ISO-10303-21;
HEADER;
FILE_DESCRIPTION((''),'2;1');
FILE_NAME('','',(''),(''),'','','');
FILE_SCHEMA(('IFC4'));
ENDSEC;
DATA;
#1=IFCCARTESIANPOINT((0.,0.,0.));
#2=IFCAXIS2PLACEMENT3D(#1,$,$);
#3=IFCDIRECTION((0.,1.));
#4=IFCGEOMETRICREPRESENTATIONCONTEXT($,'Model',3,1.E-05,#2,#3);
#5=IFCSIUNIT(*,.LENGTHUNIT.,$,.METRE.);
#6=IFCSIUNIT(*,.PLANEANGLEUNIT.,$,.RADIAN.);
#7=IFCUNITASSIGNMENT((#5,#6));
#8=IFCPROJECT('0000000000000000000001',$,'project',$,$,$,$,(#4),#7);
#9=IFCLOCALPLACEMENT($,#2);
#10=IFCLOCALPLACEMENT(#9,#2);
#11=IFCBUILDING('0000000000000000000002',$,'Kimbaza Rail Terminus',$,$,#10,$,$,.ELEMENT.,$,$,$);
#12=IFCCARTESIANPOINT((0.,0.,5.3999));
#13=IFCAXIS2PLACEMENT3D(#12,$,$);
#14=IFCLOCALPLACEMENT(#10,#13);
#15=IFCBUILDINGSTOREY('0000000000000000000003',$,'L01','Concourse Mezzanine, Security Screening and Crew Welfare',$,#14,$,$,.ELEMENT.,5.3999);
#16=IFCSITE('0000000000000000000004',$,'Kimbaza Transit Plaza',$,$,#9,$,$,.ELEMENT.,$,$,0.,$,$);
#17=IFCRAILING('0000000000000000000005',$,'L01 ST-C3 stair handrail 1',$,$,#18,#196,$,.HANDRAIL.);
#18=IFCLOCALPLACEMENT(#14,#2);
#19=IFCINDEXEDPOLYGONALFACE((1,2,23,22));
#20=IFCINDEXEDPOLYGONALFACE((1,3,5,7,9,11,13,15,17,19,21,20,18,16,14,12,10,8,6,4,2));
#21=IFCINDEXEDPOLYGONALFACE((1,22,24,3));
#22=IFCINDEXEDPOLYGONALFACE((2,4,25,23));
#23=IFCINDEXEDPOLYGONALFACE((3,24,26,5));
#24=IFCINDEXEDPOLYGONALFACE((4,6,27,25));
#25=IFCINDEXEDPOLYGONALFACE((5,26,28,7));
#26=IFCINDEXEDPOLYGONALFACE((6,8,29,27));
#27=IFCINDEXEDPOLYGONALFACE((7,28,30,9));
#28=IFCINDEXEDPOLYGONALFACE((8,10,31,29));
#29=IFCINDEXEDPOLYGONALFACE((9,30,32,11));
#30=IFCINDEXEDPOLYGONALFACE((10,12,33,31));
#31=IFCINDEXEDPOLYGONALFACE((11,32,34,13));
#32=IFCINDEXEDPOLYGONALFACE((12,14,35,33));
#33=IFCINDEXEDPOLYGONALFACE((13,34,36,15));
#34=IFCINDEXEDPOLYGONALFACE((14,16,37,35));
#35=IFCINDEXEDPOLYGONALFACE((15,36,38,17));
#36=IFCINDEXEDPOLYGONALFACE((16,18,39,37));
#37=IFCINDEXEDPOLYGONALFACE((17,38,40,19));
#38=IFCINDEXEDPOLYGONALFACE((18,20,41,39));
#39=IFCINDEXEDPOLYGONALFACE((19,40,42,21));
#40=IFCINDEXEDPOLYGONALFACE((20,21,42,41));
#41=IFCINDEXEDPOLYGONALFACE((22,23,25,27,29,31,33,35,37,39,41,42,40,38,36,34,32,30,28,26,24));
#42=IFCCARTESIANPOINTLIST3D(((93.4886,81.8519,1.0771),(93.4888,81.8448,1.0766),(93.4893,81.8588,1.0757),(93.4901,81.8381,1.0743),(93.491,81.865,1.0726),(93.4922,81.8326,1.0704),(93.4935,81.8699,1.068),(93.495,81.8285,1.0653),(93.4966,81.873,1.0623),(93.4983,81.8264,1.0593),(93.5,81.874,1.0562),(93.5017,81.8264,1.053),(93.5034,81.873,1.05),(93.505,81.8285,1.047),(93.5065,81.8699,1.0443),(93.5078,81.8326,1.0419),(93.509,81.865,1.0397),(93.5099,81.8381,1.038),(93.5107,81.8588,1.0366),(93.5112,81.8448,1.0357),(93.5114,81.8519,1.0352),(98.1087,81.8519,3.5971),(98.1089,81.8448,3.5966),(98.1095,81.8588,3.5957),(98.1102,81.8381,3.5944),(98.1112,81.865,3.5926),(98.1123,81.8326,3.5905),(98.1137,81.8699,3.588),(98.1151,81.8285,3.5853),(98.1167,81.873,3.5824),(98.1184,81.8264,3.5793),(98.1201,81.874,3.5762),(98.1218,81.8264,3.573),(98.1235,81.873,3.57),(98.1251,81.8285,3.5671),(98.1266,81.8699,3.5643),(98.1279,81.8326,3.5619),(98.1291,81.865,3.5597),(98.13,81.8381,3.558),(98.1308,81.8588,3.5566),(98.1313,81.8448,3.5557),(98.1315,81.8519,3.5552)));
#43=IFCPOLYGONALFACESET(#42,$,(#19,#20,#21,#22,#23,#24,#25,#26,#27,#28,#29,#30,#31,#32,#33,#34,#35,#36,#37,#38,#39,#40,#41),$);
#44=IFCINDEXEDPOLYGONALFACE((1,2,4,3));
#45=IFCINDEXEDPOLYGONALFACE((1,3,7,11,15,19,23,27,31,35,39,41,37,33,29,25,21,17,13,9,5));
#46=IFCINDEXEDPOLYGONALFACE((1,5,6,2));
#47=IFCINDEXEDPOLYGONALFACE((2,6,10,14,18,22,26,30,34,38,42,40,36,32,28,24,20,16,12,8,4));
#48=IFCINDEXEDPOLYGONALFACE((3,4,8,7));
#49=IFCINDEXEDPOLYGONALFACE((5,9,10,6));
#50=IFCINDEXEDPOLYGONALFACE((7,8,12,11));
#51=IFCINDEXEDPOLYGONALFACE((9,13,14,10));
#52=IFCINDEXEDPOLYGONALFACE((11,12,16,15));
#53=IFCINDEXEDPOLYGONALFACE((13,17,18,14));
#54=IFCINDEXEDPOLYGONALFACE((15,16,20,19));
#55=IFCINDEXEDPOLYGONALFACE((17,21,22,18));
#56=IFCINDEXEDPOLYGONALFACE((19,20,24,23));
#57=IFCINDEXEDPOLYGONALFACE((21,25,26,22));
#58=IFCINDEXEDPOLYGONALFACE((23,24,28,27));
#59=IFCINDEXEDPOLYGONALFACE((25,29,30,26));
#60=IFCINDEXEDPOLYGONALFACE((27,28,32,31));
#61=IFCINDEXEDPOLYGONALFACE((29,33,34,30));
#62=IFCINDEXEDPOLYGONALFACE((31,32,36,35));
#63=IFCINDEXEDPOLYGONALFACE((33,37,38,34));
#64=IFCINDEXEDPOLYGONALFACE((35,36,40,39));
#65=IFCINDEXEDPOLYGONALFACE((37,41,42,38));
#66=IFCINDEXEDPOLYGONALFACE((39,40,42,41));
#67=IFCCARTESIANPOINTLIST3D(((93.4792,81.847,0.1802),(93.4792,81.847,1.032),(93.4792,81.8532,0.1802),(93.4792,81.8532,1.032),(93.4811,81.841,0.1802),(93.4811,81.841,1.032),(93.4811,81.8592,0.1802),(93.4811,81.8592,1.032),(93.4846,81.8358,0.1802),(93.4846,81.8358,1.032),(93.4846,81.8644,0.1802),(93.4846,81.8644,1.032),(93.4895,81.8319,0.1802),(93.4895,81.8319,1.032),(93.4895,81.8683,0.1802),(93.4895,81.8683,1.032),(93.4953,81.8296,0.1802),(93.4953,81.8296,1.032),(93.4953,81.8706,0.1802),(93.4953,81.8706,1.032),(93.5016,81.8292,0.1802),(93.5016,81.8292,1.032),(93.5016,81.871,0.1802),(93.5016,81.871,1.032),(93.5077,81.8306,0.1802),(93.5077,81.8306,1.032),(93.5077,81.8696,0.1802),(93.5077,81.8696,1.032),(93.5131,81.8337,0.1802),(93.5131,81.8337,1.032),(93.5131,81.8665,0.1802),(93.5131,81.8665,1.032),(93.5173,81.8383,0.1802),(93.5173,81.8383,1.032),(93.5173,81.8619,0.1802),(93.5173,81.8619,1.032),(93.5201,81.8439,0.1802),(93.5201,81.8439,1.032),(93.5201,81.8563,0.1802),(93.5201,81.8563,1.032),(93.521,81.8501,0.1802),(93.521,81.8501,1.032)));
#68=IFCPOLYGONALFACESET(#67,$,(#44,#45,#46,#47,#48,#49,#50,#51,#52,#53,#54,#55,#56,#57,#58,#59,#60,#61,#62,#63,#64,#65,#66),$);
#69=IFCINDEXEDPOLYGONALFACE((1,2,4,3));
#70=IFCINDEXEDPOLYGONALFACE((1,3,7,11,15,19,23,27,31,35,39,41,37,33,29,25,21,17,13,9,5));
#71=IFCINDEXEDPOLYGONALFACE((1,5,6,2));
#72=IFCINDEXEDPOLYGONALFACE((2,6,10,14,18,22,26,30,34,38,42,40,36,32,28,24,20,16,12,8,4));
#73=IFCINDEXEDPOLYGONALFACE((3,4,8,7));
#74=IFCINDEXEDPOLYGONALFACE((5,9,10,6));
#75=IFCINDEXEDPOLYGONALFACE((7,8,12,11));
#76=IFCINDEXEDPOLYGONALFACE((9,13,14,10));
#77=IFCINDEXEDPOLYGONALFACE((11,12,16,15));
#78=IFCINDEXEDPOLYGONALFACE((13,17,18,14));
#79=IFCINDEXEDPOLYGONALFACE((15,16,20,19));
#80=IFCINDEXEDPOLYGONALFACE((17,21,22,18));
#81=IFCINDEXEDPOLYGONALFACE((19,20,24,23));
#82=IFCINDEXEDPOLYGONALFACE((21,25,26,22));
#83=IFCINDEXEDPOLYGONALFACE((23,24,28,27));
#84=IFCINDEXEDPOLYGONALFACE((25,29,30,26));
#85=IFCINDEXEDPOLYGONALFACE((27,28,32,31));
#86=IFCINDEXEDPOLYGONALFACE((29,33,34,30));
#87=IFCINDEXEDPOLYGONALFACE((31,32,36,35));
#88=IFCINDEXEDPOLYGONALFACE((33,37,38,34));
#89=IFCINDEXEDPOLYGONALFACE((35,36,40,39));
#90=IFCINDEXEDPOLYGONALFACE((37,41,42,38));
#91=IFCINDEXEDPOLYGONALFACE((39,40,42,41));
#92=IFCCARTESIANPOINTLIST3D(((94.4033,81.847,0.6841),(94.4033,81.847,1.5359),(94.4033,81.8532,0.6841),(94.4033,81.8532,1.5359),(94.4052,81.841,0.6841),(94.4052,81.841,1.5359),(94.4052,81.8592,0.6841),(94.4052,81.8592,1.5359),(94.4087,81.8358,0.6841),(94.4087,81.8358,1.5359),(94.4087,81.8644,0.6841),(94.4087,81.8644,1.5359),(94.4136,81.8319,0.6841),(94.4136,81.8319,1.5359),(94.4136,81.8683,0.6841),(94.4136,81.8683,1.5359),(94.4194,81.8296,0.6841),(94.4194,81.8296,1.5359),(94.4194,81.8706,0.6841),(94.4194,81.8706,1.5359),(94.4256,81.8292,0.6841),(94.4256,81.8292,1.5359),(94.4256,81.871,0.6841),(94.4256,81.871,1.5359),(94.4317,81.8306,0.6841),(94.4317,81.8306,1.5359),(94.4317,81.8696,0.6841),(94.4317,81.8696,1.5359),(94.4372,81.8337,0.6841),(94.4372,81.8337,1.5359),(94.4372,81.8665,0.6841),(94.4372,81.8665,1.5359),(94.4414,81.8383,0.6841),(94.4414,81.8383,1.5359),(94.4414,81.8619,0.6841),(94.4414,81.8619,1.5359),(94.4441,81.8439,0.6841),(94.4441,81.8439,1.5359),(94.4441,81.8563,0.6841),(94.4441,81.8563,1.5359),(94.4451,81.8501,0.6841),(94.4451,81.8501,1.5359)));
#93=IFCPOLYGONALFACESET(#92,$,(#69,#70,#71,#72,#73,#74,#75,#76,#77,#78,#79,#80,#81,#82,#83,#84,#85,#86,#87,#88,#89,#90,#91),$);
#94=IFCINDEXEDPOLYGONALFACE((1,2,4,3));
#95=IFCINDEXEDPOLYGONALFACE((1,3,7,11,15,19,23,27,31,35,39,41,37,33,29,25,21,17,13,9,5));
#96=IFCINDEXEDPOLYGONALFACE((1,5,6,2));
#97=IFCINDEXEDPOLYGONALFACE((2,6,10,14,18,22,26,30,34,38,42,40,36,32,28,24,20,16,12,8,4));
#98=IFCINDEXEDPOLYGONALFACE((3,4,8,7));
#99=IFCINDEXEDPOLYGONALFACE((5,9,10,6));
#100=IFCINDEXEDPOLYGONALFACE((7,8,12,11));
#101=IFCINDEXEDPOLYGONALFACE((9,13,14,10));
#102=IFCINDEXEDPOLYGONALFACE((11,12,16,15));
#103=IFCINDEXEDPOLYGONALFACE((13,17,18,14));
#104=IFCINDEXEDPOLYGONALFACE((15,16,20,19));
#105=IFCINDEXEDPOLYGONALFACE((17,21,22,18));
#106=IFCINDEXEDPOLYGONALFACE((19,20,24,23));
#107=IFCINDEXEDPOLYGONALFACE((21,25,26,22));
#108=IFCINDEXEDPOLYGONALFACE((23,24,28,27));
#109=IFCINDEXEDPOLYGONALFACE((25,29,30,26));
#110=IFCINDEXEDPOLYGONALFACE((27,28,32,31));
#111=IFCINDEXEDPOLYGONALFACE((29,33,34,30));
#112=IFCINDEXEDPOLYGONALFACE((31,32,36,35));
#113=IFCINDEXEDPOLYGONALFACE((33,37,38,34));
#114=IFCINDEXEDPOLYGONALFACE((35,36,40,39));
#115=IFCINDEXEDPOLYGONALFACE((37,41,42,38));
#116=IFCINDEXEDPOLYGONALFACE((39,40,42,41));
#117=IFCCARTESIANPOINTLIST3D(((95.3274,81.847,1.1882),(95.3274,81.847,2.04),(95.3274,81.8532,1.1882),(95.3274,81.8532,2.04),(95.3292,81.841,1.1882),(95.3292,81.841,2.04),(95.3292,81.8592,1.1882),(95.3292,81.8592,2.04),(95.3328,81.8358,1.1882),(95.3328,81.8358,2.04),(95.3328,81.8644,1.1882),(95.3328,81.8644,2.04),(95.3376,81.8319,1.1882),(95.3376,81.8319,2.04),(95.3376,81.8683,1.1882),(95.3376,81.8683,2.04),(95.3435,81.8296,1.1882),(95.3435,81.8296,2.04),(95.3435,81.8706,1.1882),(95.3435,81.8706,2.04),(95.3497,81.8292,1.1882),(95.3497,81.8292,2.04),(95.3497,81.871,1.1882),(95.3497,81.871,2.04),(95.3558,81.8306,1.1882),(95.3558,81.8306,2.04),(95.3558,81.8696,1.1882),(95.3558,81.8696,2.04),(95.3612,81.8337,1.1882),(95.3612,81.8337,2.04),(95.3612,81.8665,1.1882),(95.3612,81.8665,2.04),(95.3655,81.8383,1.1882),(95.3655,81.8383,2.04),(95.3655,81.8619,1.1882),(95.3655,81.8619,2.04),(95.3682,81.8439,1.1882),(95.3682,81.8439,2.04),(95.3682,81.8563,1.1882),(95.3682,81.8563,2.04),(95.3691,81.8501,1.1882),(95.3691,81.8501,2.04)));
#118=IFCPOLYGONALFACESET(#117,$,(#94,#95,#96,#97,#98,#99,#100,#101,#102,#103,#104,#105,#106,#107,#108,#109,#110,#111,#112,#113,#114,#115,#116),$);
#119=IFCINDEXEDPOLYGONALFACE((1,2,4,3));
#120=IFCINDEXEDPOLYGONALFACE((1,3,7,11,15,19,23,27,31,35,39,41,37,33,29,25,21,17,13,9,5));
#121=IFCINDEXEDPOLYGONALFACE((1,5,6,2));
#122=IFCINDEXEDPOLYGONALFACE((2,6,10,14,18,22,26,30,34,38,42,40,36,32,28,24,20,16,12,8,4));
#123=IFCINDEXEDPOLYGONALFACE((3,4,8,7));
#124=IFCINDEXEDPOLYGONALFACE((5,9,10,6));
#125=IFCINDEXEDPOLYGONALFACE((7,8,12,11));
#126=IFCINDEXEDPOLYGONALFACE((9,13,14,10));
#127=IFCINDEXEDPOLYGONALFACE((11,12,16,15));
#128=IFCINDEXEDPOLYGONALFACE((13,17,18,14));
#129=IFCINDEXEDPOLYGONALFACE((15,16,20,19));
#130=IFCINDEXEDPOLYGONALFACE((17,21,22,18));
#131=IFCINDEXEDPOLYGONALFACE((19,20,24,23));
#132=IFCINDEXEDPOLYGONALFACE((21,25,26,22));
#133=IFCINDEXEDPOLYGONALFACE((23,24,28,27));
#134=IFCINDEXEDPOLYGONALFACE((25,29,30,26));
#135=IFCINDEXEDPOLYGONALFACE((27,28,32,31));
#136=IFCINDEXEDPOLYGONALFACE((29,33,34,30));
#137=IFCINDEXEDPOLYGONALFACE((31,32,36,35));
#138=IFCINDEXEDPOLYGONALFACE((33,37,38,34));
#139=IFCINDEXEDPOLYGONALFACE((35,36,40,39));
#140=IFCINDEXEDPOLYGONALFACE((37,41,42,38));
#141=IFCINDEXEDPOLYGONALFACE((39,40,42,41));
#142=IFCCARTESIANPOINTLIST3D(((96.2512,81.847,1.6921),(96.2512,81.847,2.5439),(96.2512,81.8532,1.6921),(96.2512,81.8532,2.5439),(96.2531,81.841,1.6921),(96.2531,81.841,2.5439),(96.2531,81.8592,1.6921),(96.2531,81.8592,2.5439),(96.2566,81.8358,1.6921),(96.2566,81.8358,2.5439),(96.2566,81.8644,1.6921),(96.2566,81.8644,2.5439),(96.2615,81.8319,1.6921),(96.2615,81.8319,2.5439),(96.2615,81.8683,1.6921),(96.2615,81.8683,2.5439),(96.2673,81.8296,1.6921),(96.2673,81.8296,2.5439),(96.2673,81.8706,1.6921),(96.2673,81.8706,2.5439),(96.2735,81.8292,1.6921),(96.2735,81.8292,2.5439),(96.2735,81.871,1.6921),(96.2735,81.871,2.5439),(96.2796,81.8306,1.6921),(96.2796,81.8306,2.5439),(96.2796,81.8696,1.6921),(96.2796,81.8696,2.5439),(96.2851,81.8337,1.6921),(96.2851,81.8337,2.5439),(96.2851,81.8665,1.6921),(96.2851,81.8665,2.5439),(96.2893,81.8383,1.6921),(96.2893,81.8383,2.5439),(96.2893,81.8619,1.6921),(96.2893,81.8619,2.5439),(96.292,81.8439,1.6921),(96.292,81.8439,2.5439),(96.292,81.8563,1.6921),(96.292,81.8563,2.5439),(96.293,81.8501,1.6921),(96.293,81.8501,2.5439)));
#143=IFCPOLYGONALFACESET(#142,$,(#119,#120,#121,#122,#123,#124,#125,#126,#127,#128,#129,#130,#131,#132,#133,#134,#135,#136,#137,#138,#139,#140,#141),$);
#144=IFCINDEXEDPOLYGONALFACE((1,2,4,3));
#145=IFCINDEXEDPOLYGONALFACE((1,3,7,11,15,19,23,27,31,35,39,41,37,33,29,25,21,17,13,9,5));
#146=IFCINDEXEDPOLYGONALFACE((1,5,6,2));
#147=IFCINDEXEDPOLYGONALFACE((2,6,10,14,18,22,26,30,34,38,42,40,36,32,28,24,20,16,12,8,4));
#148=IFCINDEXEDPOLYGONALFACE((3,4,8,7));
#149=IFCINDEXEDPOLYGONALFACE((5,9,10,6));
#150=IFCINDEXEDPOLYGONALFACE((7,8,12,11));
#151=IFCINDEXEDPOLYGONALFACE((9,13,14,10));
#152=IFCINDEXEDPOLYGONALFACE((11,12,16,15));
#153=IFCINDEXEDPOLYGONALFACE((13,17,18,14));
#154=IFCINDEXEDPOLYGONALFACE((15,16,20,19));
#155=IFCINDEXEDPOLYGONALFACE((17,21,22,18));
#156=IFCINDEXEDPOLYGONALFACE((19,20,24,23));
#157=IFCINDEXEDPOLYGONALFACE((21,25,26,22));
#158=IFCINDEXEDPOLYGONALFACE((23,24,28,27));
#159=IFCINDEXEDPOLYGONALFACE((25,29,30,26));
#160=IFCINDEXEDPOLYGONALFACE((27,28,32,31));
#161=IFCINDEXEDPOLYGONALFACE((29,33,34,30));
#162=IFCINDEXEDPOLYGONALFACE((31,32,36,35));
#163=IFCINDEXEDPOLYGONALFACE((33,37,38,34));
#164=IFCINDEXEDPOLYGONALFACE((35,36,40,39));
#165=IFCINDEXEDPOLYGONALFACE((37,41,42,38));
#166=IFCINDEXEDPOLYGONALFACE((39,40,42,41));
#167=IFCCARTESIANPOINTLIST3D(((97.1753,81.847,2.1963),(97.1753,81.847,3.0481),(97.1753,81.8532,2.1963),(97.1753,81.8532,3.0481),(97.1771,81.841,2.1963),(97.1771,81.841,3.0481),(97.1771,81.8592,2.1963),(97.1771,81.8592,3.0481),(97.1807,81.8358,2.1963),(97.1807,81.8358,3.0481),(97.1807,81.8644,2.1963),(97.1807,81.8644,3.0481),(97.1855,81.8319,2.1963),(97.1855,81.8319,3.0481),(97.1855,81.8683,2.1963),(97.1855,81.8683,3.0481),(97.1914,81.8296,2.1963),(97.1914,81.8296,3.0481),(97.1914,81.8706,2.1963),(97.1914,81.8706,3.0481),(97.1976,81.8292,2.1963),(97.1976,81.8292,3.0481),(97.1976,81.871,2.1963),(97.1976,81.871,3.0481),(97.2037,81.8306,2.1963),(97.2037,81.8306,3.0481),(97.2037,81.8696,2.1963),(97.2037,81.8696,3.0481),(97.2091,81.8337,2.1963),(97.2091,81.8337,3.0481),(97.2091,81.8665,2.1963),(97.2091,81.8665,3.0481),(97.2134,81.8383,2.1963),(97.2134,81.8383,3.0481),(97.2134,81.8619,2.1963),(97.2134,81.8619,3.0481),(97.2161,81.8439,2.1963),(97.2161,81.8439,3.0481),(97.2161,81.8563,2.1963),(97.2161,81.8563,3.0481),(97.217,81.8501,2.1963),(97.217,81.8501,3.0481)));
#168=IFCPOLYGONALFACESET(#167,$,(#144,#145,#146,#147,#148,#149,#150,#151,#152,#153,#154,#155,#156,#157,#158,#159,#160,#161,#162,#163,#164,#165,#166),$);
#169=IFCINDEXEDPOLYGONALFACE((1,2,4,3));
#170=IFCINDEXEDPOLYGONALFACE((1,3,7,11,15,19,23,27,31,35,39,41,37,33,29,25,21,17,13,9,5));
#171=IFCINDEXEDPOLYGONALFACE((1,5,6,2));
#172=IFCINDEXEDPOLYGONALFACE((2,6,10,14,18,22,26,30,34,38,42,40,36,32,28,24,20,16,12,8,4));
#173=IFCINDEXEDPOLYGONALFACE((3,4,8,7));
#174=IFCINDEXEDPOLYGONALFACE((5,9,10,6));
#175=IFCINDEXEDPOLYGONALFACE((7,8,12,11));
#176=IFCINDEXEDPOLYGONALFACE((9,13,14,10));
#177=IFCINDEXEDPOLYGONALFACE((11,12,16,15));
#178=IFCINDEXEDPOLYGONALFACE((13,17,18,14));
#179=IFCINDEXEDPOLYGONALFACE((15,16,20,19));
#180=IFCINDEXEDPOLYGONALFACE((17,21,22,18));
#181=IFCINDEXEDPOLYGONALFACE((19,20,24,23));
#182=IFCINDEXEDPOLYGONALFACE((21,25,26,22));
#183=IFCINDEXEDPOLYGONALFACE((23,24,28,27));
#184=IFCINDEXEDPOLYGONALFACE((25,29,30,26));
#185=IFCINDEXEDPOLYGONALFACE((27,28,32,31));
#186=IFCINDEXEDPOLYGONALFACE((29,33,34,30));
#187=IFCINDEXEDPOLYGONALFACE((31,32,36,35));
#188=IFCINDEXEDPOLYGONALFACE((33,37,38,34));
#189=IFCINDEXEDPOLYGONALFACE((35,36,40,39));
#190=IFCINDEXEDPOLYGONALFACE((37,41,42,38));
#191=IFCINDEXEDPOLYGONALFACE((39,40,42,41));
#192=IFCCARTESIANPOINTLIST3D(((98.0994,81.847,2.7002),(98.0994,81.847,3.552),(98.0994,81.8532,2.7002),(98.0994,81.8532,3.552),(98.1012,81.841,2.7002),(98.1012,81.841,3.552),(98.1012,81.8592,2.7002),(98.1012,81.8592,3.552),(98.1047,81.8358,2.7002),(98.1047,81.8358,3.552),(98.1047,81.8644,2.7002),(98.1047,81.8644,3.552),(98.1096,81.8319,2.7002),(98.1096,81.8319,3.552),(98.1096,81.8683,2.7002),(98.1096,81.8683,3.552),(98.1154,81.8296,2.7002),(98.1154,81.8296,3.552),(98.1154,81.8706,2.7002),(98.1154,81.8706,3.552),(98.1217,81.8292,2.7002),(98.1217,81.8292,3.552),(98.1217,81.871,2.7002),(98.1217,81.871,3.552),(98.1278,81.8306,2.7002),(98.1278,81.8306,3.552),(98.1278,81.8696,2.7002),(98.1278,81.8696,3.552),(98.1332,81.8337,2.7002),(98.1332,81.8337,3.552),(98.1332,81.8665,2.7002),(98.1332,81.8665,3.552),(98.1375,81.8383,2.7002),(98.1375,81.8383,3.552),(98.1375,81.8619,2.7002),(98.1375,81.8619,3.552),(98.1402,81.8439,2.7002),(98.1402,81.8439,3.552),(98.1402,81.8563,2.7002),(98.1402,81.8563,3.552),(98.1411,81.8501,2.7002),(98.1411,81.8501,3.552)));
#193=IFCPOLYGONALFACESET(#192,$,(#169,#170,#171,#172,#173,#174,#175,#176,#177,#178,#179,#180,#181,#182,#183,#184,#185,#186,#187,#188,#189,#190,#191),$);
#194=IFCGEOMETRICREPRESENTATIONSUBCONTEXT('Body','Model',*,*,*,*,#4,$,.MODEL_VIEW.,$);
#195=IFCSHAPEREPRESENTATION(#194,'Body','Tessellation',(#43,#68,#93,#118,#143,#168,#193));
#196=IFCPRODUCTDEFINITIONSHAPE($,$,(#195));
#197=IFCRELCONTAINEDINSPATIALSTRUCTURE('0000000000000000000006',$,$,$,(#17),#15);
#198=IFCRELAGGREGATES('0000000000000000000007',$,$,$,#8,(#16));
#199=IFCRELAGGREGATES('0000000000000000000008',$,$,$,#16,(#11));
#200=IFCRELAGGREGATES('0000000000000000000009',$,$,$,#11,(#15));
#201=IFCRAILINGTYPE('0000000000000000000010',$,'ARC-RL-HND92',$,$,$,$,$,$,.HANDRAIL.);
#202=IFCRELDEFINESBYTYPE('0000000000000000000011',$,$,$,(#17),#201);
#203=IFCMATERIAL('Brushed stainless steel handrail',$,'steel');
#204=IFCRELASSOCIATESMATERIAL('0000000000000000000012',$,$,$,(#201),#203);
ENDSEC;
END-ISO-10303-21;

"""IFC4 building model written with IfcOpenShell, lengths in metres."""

from ifc_helpers import new_model, si_unit, direction, frame, origin, origin_2d, place, context, subcontext, project, spatial, circle, extrude, material, type_object, element, save


model = new_model("IFC4")

# Units and contexts
model_context = context("Model", 3, precision=1e-05, world=origin(), true_north=direction((0.0, 1.0)))
body_context = subcontext(model_context, "Body", "Model", "MODEL_VIEW")
ifc_project = project(units=[si_unit("LENGTHUNIT", "METRE"), si_unit("PLANEANGLEUNIT", "RADIAN")], contexts=[model_context])

# Site, building, storey
site_placement = place(None, origin())
site = spatial("IfcSite", under=ifc_project, at=site_placement, Name="Kimbaza Transit Plaza", CompositionType="ELEMENT", RefElevation=0.0)
building_placement = place(site_placement, origin())
building = spatial("IfcBuilding", under=site, at=building_placement, Name="Kimbaza Rail Terminus", CompositionType="ELEMENT")
storey_placement = place(building_placement, frame((0.0, 0.0, 5.3999)))
storey = spatial("IfcBuildingStorey", under=building, at=storey_placement, Name="L01", Description="Concourse Mezzanine, Security Screening and Crew Welfare", CompositionType="ELEMENT", Elevation=5.3999)

# Railing
ifc_material_1 = material(Name="Brushed stainless steel handrail", Category="steel")
railing_type_1 = type_object("IfcRailingType", Name="ARC-RL-HND92", PredefinedType="HANDRAIL", material=ifc_material_1)
railing_1_placement = place(storey_placement, frame((93.5, 81.8501, 0.1802)))
element("IfcRailing", 1, at=railing_1_placement, inside=storey, type_object=railing_type_1, Name="L01 ST-C3 stair handrail 1", PredefinedType="HANDRAIL", context=body_context, shape_type="SweptSolid", body=[
    extrude(circle(Radius=0.0239, at=origin_2d()), frame((0.0, 0.0, 0.876), z_axis=(0.877899, 0.0, 0.478846), x_axis=(0.0, 1.0, 0.0)), (0.0, 0.0, 1.0), 5.2627),
    extrude(circle(Radius=0.021, at=origin_2d()), origin(), (0.0, 0.0, 1.0), 0.8518),
    extrude(circle(Radius=0.021, at=origin_2d()), frame((0.9241, 0.0, 0.5039)), (0.0, 0.0, 1.0), 0.8518),
    extrude(circle(Radius=0.021, at=origin_2d()), frame((1.8481, 0.0, 1.0081)), (0.0, 0.0, 1.0), 0.8518),
    extrude(circle(Radius=0.021, at=origin_2d()), frame((2.772, 0.0, 1.512)), (0.0, 0.0, 1.0), 0.8518),
    extrude(circle(Radius=0.021, at=origin_2d()), frame((3.696, 0.0, 2.0161)), (0.0, 0.0, 1.0), 0.8518),
    extrude(circle(Radius=0.021, at=origin_2d()), frame((4.6201, 0.0, 2.52)), (0.0, 0.0, 1.0), 0.8518),
])

save(model, "model.ifc")
